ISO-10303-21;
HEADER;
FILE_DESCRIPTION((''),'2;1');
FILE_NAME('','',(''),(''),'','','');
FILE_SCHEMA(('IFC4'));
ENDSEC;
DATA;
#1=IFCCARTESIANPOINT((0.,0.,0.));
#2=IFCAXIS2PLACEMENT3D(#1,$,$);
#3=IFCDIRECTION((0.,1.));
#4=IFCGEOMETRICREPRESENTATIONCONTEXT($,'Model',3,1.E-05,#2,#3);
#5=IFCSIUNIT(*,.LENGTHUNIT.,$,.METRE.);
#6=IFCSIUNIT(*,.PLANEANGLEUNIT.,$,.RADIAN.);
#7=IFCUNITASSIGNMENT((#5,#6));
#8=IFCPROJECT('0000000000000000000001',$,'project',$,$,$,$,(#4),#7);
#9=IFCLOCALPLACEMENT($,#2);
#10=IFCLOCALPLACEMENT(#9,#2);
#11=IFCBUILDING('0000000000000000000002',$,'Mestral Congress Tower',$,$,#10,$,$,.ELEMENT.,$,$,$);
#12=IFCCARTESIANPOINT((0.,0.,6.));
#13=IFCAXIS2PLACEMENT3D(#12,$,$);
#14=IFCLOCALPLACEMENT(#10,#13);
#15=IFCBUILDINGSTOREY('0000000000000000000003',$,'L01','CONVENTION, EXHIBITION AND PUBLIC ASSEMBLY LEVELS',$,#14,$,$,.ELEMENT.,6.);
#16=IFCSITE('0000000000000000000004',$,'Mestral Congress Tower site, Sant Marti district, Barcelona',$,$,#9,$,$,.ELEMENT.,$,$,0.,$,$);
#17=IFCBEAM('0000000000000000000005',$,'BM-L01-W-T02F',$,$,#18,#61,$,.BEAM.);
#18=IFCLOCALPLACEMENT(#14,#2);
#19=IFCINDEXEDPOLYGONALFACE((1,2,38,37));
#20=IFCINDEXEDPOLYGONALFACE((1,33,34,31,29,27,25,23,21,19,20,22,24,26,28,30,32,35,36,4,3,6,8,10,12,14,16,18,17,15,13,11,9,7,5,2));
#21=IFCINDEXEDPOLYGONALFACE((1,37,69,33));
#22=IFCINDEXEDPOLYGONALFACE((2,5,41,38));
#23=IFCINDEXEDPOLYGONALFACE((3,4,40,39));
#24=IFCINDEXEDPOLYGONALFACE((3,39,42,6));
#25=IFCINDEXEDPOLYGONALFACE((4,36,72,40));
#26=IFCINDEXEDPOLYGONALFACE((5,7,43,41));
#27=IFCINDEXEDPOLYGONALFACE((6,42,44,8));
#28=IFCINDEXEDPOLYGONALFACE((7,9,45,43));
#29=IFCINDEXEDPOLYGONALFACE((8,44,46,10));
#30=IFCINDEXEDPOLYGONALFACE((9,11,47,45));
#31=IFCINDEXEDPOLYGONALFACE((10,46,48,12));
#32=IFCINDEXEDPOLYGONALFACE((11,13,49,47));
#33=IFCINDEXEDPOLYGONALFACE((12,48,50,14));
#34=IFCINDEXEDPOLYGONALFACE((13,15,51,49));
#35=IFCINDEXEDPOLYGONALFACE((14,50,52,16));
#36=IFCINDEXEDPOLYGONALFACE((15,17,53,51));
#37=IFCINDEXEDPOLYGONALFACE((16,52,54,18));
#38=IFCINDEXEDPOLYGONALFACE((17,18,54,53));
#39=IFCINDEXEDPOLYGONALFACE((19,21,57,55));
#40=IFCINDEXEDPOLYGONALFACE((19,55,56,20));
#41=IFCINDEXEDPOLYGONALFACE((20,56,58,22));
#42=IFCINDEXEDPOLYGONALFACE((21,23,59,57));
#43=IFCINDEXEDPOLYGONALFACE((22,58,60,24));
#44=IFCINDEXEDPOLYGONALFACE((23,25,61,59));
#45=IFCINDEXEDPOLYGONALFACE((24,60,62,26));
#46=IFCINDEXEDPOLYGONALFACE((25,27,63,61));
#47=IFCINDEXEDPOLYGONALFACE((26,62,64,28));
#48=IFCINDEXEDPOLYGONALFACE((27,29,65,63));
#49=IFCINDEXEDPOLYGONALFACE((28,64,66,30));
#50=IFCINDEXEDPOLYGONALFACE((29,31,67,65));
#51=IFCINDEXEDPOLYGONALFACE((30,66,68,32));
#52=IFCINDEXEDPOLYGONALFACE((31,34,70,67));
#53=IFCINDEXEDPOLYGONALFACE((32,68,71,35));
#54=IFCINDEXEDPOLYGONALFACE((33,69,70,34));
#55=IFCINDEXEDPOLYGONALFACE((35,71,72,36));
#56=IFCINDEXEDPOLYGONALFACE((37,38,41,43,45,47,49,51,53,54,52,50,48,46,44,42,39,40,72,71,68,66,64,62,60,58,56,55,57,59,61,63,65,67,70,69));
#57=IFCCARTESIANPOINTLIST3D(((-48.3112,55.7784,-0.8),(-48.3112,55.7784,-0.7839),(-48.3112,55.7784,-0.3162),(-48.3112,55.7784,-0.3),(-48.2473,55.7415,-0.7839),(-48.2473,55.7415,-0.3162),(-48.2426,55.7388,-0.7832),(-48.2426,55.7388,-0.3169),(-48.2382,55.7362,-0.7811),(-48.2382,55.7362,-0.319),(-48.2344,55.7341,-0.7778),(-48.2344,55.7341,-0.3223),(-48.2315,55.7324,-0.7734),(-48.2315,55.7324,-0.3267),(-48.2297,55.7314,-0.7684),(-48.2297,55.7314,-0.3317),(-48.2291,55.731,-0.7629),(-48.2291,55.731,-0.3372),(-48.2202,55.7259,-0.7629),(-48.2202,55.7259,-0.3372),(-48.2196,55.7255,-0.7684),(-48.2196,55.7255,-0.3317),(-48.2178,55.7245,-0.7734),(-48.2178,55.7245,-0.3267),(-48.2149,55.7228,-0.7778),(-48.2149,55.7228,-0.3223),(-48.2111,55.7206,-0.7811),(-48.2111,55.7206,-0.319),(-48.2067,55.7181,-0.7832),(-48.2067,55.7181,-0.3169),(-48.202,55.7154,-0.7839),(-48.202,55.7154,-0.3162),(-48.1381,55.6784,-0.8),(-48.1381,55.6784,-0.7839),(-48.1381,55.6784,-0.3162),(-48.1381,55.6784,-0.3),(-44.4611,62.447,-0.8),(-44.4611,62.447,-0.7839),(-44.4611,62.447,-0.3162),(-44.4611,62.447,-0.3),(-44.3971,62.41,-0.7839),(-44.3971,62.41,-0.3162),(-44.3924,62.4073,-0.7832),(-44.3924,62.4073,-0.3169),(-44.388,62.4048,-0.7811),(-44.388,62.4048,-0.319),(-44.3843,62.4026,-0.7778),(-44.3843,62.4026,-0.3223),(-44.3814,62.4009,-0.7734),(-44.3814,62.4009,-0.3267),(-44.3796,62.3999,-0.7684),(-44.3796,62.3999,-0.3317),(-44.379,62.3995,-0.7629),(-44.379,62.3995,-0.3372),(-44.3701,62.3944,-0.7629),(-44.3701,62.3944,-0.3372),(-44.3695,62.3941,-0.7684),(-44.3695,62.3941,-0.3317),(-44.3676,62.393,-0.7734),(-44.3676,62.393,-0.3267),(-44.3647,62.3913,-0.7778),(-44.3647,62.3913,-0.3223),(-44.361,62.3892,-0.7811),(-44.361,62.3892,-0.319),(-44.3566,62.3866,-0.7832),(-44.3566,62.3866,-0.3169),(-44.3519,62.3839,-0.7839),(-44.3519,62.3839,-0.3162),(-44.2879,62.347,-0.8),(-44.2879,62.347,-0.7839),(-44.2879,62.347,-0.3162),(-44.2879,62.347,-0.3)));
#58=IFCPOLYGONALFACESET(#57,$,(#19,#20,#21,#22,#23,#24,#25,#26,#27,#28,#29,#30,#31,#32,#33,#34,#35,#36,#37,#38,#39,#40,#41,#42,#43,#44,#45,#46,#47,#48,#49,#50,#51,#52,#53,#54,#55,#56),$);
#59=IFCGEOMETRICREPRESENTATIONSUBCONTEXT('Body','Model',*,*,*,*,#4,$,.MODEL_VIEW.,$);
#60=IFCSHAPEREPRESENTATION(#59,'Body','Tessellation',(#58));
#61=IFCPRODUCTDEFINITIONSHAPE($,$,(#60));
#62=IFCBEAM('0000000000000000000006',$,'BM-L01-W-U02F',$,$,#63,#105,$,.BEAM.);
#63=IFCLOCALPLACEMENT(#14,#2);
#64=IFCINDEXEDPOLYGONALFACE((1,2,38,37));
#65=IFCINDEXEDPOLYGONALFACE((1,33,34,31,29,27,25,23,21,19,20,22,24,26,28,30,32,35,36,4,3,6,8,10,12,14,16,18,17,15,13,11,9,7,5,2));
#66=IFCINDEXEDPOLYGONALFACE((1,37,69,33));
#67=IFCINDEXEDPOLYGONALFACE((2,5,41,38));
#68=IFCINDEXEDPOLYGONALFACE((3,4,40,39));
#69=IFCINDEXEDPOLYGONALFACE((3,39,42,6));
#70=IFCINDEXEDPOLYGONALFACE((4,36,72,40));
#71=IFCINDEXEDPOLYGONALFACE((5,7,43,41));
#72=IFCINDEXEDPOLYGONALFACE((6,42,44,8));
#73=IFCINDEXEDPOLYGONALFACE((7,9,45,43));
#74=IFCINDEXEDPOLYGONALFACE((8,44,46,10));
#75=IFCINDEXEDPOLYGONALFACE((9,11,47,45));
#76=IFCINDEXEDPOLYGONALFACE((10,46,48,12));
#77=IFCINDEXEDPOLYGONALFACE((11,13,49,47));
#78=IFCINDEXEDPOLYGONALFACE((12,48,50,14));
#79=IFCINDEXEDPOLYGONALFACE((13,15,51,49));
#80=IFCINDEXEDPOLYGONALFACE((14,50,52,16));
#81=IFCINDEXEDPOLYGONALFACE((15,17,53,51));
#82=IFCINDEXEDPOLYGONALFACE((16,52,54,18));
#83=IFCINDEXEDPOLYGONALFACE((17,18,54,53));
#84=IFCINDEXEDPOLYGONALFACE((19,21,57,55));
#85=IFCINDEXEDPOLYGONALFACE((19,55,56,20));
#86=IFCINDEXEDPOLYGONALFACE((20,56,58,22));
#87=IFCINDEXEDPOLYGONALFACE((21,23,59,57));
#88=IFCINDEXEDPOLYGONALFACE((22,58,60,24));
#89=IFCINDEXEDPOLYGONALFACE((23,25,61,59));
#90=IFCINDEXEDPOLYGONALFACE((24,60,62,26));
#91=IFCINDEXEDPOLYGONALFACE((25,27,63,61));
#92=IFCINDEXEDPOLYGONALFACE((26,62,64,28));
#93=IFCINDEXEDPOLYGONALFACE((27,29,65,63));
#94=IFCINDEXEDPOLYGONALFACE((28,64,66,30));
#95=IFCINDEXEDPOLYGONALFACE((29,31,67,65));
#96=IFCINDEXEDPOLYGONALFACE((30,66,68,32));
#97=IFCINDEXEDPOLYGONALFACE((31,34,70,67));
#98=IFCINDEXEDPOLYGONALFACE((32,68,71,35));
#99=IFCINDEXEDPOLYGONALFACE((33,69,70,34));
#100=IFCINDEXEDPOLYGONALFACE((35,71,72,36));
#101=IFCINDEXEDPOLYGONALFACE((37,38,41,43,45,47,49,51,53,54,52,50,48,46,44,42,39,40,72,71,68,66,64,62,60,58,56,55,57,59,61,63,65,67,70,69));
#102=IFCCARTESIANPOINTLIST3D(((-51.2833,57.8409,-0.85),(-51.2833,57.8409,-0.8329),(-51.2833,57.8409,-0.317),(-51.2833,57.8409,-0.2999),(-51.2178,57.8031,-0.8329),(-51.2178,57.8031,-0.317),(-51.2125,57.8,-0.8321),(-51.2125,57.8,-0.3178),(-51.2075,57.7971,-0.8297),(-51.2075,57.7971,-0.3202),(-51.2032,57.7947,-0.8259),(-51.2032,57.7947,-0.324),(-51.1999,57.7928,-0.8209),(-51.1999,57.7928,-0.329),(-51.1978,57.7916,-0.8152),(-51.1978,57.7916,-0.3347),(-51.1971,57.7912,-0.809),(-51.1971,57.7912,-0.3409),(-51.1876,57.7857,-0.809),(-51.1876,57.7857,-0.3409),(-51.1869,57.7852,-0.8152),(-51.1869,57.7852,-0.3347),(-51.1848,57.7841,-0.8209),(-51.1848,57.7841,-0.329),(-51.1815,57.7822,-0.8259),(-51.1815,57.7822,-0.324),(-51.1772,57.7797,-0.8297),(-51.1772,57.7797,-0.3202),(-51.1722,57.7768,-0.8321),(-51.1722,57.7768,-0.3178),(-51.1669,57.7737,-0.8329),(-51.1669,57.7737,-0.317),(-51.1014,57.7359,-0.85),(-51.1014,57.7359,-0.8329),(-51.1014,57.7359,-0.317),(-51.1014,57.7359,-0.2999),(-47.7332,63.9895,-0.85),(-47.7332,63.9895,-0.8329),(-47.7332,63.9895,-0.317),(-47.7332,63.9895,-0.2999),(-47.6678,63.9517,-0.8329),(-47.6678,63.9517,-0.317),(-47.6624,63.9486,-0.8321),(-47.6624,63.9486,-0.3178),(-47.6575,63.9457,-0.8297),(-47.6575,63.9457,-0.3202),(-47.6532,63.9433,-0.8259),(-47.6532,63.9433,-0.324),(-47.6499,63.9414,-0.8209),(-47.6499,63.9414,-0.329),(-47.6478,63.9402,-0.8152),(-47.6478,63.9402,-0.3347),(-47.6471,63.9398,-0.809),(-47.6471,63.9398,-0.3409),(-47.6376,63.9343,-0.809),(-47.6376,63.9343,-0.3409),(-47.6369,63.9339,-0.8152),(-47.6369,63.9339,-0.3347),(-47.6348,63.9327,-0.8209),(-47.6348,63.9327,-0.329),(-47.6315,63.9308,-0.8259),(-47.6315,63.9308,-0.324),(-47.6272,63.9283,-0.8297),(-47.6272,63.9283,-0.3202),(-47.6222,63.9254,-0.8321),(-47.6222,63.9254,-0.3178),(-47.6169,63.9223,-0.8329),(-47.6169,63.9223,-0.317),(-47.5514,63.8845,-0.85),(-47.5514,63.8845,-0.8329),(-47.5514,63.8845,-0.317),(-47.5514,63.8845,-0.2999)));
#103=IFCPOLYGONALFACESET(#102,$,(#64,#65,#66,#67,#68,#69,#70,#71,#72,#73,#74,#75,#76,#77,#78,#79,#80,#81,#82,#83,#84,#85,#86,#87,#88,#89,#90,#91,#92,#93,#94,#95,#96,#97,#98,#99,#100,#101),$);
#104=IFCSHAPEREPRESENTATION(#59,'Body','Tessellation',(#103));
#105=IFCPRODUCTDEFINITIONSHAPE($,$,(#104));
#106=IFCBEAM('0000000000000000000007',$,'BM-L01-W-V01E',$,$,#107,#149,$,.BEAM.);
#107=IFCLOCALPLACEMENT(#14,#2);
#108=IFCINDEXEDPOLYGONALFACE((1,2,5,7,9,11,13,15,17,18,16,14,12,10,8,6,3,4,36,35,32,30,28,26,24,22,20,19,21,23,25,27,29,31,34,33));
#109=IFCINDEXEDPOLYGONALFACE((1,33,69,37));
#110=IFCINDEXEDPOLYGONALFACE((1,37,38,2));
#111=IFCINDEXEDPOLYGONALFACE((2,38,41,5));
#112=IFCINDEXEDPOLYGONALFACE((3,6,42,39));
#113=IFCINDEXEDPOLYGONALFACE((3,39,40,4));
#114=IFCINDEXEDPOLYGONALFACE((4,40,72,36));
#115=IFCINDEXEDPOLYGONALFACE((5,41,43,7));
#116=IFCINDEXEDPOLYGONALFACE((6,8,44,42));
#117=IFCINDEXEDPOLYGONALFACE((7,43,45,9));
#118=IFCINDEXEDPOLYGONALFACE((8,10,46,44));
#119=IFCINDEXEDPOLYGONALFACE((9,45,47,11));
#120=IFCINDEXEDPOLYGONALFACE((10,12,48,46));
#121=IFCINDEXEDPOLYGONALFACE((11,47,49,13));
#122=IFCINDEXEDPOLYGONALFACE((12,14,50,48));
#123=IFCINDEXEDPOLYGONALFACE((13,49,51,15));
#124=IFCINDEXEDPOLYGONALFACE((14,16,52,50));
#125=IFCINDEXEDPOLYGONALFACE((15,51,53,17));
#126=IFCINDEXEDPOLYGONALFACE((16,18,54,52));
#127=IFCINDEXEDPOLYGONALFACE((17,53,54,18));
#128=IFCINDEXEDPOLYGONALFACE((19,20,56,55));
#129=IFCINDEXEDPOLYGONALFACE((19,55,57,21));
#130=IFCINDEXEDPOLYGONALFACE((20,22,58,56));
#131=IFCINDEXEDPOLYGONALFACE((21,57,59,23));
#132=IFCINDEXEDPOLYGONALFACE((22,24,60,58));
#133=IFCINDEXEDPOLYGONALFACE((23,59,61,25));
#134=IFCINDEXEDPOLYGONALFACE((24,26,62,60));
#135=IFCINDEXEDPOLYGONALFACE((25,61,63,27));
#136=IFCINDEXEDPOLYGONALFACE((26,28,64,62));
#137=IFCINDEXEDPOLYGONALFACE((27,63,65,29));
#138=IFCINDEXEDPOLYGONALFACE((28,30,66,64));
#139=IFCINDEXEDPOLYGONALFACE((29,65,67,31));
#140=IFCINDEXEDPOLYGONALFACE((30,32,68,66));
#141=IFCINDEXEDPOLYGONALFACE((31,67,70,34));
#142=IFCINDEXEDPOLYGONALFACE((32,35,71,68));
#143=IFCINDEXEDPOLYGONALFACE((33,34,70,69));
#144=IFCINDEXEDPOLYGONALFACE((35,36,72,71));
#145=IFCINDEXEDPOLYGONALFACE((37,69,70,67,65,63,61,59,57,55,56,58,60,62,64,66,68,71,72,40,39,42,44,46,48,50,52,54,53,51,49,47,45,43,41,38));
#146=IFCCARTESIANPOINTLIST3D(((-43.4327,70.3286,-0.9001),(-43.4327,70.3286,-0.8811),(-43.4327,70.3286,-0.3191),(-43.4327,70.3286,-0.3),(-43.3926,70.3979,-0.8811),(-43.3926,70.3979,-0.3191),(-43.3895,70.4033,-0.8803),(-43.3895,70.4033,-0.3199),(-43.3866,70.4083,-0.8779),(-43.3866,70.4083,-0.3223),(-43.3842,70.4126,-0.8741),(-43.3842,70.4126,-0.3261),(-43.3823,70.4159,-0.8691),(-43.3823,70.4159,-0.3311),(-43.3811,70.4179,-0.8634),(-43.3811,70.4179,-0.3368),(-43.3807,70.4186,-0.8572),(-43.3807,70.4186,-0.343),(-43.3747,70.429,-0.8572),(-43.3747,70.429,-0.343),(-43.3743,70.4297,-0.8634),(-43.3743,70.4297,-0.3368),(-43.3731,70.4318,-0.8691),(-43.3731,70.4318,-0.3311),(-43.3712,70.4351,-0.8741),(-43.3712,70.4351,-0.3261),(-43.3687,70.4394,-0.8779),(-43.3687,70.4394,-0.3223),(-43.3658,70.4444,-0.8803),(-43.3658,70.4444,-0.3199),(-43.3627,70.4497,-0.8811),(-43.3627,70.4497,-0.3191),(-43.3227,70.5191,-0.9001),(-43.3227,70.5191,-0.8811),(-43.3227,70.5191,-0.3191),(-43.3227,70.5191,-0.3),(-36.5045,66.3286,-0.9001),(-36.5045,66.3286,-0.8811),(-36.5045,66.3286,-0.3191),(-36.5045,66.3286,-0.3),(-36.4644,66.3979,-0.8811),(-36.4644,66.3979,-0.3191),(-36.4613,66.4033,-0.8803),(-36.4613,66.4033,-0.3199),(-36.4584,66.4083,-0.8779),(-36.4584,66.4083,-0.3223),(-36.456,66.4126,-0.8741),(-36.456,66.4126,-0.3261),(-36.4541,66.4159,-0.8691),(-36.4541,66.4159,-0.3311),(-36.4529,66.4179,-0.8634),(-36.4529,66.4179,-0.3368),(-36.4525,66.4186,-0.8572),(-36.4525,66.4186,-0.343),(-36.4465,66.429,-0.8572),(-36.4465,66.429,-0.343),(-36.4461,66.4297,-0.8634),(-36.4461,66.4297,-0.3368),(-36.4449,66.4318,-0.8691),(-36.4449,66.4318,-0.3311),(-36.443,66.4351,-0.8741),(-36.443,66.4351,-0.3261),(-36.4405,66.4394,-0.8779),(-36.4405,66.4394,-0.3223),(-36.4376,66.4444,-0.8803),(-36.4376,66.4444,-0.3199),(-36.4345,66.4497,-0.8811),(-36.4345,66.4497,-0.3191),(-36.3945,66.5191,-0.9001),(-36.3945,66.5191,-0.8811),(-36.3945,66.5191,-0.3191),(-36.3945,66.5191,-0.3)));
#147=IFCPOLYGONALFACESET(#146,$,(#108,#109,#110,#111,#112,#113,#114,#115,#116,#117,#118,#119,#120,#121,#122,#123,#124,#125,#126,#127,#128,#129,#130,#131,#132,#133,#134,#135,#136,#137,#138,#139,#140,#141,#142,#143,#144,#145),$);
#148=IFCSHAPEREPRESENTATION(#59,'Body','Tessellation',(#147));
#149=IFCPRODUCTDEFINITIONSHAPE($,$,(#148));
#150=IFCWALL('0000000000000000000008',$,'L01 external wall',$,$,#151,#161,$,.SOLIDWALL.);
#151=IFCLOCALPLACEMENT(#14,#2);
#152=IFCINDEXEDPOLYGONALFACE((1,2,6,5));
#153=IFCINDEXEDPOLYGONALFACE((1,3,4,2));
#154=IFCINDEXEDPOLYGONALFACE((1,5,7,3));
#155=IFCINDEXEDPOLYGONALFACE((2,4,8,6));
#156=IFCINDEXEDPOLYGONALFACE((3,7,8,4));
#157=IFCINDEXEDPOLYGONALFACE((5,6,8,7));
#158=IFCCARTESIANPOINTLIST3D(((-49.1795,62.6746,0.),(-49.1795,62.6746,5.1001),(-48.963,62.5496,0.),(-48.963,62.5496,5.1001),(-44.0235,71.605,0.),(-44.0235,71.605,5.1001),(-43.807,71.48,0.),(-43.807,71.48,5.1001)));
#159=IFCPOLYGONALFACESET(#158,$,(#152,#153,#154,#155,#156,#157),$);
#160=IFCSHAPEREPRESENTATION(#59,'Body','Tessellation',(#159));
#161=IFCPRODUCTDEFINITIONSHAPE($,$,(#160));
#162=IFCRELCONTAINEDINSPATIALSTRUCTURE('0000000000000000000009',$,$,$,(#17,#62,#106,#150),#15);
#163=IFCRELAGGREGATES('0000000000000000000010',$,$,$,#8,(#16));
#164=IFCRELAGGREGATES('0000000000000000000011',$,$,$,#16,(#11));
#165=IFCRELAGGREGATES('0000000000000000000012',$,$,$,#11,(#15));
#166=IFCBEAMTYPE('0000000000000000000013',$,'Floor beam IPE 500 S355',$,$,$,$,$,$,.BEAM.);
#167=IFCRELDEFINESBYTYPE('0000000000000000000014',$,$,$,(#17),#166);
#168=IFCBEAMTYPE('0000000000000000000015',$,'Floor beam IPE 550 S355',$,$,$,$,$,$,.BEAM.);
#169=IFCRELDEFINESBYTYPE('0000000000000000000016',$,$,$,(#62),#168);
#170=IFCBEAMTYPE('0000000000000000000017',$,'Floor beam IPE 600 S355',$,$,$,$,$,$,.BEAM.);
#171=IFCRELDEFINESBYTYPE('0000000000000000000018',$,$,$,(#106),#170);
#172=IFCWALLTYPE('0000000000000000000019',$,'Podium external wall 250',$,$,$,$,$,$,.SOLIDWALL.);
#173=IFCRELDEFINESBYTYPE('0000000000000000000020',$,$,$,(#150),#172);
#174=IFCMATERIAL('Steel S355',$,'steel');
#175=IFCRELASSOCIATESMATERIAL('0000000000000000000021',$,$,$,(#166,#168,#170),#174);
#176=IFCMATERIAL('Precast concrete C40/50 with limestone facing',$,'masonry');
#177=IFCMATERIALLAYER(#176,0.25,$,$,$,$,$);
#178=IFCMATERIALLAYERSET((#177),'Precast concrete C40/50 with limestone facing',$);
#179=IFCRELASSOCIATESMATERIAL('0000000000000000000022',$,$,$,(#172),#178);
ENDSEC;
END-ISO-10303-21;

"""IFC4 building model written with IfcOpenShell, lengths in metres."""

from ifc_helpers import new_model, si_unit, direction, frame, frame_2d, origin, origin_2d, place, context, subcontext, project, spatial, rectangle, i_section, extrude, material, layer, layer_set, material_profile, profile_set, type_object, element, save


model = new_model("IFC4")

# Units and contexts
model_context = context("Model", 3, precision=1e-05, world=origin(), true_north=direction((0.0, 1.0)))
body_context = subcontext(model_context, "Body", "Model", "MODEL_VIEW")
ifc_project = project(units=[si_unit("LENGTHUNIT", "METRE"), si_unit("PLANEANGLEUNIT", "RADIAN")], contexts=[model_context])

# Site, building, storey
site_placement = place(None, origin())
site = spatial("IfcSite", under=ifc_project, at=site_placement, Name="Mestral Congress Tower site, Sant Marti district, Barcelona", CompositionType="ELEMENT", RefElevation=0.0)
building_placement = place(site_placement, origin())
building = spatial("IfcBuilding", under=site, at=building_placement, Name="Mestral Congress Tower", CompositionType="ELEMENT")
storey_placement = place(building_placement, frame((0.0, 0.0, 6.0)))
storey = spatial("IfcBuildingStorey", under=building, at=storey_placement, Name="L01", Description="CONVENTION, EXHIBITION AND PUBLIC ASSEMBLY LEVELS", CompositionType="ELEMENT", Elevation=6.0)

# Beams
ifc_material_1 = material(Name="Steel S355", Category="steel")
ifc_material_profile_1 = material_profile(ifc_material_1, i_section(OverallWidth=0.2, OverallDepth=0.5, WebThickness=0.0103, FlangeThickness=0.0161, FilletRadius=0.021, at=origin_2d()), Name="IPE 500")
ifc_profile_set_1 = profile_set([ifc_material_profile_1], Name="Steel S355")
beam_type_1 = type_object("IfcBeamType", Name="Floor beam IPE 500 S355", PredefinedType="BEAM", material=ifc_profile_set_1)
beam_1_placement = place(storey_placement, frame((-44.3745, 62.397, -0.55), z_axis=(-0.500006, -0.866022, 0.0), x_axis=(0.866022, -0.500006, 0.0)))
element("IfcBeam", 1, at=beam_1_placement, inside=storey, type_object=beam_type_1, Name="BM-L01-W-T02F", PredefinedType="BEAM", context=body_context, shape_type="SweptSolid", body=[
    extrude(i_section(OverallWidth=0.2, OverallDepth=0.5, WebThickness=0.0103, FlangeThickness=0.0161, FilletRadius=0.021, at=origin_2d()), origin(), (0.0, 0.0, 1.0), 7.7002),
])
ifc_material_profile_2 = material_profile(ifc_material_1, i_section(OverallWidth=0.21, OverallDepth=0.55, WebThickness=0.011, FlangeThickness=0.0171, FilletRadius=0.0239, at=origin_2d()), Name="IPE 550")
ifc_profile_set_2 = profile_set([ifc_material_profile_2], Name="Steel S355")
beam_type_2 = type_object("IfcBeamType", Name="Floor beam IPE 550 S355", PredefinedType="BEAM", material=ifc_profile_set_2)
beam_2_placement = place(storey_placement, frame((-47.6423, 63.937, -0.575), z_axis=(-0.500011, -0.866019, 0.0), x_axis=(0.866019, -0.500011, 0.0)))
element("IfcBeam", 2, at=beam_2_placement, inside=storey, type_object=beam_type_2, Name="BM-L01-W-U02F", PredefinedType="BEAM", context=body_context, shape_type="SweptSolid", body=[
    extrude(i_section(OverallWidth=0.21, OverallDepth=0.55, WebThickness=0.011, FlangeThickness=0.0171, FilletRadius=0.0239, at=origin_2d()), origin(), (0.0, 0.0, 1.0), 7.0999),
])
ifc_material_profile_3 = material_profile(ifc_material_1, i_section(OverallWidth=0.22, OverallDepth=0.6001, WebThickness=0.012, FlangeThickness=0.019, FilletRadius=0.0239, at=origin_2d()), Name="IPE 600")
ifc_profile_set_3 = profile_set([ifc_material_profile_3], Name="Steel S355")
beam_type_3 = type_object("IfcBeamType", Name="Floor beam IPE 600 S355", PredefinedType="BEAM", material=ifc_profile_set_3)
beam_3_placement = place(storey_placement, frame((-36.4495, 66.4238, -0.6001), z_axis=(-0.866026, 0.499999, 0.0), x_axis=(-0.499999, -0.866026, 0.0)))
element("IfcBeam", 3, at=beam_3_placement, inside=storey, type_object=beam_type_3, Name="BM-L01-W-V01E", PredefinedType="BEAM", context=body_context, shape_type="SweptSolid", body=[
    extrude(i_section(OverallWidth=0.22, OverallDepth=0.6001, WebThickness=0.012, FlangeThickness=0.019, FilletRadius=0.0239, at=origin_2d()), origin(), (0.0, 0.0, 1.0), 8.0),
])

# Wall
ifc_material_2 = material(Name="Precast concrete C40/50 with limestone facing", Category="masonry")
ifc_layer_1 = layer(ifc_material_2, 0.25)
ifc_layer_set_1 = layer_set([ifc_layer_1], Name="Precast concrete C40/50 with limestone facing")
wall_type_1 = type_object("IfcWallType", Name="Podium external wall 250", PredefinedType="SOLIDWALL", material=ifc_layer_set_1)
wall_1_placement = place(storey_placement, frame((-49.0713, 62.6121, 0.0), z_axis=(0.0, 0.0, 1.0), x_axis=(0.500002, 0.866024, 0.0)))
element("IfcWall", 4, at=wall_1_placement, inside=storey, type_object=wall_type_1, Name="L01 external wall", PredefinedType="SOLIDWALL", context=body_context, shape_type="SweptSolid", body=[
    extrude(rectangle(XDim=10.312, YDim=0.25, at=frame_2d((5.156, 0.0))), origin(), (0.0, 0.0, 1.0), 5.1001),
])

save(model, "model.ifc")
